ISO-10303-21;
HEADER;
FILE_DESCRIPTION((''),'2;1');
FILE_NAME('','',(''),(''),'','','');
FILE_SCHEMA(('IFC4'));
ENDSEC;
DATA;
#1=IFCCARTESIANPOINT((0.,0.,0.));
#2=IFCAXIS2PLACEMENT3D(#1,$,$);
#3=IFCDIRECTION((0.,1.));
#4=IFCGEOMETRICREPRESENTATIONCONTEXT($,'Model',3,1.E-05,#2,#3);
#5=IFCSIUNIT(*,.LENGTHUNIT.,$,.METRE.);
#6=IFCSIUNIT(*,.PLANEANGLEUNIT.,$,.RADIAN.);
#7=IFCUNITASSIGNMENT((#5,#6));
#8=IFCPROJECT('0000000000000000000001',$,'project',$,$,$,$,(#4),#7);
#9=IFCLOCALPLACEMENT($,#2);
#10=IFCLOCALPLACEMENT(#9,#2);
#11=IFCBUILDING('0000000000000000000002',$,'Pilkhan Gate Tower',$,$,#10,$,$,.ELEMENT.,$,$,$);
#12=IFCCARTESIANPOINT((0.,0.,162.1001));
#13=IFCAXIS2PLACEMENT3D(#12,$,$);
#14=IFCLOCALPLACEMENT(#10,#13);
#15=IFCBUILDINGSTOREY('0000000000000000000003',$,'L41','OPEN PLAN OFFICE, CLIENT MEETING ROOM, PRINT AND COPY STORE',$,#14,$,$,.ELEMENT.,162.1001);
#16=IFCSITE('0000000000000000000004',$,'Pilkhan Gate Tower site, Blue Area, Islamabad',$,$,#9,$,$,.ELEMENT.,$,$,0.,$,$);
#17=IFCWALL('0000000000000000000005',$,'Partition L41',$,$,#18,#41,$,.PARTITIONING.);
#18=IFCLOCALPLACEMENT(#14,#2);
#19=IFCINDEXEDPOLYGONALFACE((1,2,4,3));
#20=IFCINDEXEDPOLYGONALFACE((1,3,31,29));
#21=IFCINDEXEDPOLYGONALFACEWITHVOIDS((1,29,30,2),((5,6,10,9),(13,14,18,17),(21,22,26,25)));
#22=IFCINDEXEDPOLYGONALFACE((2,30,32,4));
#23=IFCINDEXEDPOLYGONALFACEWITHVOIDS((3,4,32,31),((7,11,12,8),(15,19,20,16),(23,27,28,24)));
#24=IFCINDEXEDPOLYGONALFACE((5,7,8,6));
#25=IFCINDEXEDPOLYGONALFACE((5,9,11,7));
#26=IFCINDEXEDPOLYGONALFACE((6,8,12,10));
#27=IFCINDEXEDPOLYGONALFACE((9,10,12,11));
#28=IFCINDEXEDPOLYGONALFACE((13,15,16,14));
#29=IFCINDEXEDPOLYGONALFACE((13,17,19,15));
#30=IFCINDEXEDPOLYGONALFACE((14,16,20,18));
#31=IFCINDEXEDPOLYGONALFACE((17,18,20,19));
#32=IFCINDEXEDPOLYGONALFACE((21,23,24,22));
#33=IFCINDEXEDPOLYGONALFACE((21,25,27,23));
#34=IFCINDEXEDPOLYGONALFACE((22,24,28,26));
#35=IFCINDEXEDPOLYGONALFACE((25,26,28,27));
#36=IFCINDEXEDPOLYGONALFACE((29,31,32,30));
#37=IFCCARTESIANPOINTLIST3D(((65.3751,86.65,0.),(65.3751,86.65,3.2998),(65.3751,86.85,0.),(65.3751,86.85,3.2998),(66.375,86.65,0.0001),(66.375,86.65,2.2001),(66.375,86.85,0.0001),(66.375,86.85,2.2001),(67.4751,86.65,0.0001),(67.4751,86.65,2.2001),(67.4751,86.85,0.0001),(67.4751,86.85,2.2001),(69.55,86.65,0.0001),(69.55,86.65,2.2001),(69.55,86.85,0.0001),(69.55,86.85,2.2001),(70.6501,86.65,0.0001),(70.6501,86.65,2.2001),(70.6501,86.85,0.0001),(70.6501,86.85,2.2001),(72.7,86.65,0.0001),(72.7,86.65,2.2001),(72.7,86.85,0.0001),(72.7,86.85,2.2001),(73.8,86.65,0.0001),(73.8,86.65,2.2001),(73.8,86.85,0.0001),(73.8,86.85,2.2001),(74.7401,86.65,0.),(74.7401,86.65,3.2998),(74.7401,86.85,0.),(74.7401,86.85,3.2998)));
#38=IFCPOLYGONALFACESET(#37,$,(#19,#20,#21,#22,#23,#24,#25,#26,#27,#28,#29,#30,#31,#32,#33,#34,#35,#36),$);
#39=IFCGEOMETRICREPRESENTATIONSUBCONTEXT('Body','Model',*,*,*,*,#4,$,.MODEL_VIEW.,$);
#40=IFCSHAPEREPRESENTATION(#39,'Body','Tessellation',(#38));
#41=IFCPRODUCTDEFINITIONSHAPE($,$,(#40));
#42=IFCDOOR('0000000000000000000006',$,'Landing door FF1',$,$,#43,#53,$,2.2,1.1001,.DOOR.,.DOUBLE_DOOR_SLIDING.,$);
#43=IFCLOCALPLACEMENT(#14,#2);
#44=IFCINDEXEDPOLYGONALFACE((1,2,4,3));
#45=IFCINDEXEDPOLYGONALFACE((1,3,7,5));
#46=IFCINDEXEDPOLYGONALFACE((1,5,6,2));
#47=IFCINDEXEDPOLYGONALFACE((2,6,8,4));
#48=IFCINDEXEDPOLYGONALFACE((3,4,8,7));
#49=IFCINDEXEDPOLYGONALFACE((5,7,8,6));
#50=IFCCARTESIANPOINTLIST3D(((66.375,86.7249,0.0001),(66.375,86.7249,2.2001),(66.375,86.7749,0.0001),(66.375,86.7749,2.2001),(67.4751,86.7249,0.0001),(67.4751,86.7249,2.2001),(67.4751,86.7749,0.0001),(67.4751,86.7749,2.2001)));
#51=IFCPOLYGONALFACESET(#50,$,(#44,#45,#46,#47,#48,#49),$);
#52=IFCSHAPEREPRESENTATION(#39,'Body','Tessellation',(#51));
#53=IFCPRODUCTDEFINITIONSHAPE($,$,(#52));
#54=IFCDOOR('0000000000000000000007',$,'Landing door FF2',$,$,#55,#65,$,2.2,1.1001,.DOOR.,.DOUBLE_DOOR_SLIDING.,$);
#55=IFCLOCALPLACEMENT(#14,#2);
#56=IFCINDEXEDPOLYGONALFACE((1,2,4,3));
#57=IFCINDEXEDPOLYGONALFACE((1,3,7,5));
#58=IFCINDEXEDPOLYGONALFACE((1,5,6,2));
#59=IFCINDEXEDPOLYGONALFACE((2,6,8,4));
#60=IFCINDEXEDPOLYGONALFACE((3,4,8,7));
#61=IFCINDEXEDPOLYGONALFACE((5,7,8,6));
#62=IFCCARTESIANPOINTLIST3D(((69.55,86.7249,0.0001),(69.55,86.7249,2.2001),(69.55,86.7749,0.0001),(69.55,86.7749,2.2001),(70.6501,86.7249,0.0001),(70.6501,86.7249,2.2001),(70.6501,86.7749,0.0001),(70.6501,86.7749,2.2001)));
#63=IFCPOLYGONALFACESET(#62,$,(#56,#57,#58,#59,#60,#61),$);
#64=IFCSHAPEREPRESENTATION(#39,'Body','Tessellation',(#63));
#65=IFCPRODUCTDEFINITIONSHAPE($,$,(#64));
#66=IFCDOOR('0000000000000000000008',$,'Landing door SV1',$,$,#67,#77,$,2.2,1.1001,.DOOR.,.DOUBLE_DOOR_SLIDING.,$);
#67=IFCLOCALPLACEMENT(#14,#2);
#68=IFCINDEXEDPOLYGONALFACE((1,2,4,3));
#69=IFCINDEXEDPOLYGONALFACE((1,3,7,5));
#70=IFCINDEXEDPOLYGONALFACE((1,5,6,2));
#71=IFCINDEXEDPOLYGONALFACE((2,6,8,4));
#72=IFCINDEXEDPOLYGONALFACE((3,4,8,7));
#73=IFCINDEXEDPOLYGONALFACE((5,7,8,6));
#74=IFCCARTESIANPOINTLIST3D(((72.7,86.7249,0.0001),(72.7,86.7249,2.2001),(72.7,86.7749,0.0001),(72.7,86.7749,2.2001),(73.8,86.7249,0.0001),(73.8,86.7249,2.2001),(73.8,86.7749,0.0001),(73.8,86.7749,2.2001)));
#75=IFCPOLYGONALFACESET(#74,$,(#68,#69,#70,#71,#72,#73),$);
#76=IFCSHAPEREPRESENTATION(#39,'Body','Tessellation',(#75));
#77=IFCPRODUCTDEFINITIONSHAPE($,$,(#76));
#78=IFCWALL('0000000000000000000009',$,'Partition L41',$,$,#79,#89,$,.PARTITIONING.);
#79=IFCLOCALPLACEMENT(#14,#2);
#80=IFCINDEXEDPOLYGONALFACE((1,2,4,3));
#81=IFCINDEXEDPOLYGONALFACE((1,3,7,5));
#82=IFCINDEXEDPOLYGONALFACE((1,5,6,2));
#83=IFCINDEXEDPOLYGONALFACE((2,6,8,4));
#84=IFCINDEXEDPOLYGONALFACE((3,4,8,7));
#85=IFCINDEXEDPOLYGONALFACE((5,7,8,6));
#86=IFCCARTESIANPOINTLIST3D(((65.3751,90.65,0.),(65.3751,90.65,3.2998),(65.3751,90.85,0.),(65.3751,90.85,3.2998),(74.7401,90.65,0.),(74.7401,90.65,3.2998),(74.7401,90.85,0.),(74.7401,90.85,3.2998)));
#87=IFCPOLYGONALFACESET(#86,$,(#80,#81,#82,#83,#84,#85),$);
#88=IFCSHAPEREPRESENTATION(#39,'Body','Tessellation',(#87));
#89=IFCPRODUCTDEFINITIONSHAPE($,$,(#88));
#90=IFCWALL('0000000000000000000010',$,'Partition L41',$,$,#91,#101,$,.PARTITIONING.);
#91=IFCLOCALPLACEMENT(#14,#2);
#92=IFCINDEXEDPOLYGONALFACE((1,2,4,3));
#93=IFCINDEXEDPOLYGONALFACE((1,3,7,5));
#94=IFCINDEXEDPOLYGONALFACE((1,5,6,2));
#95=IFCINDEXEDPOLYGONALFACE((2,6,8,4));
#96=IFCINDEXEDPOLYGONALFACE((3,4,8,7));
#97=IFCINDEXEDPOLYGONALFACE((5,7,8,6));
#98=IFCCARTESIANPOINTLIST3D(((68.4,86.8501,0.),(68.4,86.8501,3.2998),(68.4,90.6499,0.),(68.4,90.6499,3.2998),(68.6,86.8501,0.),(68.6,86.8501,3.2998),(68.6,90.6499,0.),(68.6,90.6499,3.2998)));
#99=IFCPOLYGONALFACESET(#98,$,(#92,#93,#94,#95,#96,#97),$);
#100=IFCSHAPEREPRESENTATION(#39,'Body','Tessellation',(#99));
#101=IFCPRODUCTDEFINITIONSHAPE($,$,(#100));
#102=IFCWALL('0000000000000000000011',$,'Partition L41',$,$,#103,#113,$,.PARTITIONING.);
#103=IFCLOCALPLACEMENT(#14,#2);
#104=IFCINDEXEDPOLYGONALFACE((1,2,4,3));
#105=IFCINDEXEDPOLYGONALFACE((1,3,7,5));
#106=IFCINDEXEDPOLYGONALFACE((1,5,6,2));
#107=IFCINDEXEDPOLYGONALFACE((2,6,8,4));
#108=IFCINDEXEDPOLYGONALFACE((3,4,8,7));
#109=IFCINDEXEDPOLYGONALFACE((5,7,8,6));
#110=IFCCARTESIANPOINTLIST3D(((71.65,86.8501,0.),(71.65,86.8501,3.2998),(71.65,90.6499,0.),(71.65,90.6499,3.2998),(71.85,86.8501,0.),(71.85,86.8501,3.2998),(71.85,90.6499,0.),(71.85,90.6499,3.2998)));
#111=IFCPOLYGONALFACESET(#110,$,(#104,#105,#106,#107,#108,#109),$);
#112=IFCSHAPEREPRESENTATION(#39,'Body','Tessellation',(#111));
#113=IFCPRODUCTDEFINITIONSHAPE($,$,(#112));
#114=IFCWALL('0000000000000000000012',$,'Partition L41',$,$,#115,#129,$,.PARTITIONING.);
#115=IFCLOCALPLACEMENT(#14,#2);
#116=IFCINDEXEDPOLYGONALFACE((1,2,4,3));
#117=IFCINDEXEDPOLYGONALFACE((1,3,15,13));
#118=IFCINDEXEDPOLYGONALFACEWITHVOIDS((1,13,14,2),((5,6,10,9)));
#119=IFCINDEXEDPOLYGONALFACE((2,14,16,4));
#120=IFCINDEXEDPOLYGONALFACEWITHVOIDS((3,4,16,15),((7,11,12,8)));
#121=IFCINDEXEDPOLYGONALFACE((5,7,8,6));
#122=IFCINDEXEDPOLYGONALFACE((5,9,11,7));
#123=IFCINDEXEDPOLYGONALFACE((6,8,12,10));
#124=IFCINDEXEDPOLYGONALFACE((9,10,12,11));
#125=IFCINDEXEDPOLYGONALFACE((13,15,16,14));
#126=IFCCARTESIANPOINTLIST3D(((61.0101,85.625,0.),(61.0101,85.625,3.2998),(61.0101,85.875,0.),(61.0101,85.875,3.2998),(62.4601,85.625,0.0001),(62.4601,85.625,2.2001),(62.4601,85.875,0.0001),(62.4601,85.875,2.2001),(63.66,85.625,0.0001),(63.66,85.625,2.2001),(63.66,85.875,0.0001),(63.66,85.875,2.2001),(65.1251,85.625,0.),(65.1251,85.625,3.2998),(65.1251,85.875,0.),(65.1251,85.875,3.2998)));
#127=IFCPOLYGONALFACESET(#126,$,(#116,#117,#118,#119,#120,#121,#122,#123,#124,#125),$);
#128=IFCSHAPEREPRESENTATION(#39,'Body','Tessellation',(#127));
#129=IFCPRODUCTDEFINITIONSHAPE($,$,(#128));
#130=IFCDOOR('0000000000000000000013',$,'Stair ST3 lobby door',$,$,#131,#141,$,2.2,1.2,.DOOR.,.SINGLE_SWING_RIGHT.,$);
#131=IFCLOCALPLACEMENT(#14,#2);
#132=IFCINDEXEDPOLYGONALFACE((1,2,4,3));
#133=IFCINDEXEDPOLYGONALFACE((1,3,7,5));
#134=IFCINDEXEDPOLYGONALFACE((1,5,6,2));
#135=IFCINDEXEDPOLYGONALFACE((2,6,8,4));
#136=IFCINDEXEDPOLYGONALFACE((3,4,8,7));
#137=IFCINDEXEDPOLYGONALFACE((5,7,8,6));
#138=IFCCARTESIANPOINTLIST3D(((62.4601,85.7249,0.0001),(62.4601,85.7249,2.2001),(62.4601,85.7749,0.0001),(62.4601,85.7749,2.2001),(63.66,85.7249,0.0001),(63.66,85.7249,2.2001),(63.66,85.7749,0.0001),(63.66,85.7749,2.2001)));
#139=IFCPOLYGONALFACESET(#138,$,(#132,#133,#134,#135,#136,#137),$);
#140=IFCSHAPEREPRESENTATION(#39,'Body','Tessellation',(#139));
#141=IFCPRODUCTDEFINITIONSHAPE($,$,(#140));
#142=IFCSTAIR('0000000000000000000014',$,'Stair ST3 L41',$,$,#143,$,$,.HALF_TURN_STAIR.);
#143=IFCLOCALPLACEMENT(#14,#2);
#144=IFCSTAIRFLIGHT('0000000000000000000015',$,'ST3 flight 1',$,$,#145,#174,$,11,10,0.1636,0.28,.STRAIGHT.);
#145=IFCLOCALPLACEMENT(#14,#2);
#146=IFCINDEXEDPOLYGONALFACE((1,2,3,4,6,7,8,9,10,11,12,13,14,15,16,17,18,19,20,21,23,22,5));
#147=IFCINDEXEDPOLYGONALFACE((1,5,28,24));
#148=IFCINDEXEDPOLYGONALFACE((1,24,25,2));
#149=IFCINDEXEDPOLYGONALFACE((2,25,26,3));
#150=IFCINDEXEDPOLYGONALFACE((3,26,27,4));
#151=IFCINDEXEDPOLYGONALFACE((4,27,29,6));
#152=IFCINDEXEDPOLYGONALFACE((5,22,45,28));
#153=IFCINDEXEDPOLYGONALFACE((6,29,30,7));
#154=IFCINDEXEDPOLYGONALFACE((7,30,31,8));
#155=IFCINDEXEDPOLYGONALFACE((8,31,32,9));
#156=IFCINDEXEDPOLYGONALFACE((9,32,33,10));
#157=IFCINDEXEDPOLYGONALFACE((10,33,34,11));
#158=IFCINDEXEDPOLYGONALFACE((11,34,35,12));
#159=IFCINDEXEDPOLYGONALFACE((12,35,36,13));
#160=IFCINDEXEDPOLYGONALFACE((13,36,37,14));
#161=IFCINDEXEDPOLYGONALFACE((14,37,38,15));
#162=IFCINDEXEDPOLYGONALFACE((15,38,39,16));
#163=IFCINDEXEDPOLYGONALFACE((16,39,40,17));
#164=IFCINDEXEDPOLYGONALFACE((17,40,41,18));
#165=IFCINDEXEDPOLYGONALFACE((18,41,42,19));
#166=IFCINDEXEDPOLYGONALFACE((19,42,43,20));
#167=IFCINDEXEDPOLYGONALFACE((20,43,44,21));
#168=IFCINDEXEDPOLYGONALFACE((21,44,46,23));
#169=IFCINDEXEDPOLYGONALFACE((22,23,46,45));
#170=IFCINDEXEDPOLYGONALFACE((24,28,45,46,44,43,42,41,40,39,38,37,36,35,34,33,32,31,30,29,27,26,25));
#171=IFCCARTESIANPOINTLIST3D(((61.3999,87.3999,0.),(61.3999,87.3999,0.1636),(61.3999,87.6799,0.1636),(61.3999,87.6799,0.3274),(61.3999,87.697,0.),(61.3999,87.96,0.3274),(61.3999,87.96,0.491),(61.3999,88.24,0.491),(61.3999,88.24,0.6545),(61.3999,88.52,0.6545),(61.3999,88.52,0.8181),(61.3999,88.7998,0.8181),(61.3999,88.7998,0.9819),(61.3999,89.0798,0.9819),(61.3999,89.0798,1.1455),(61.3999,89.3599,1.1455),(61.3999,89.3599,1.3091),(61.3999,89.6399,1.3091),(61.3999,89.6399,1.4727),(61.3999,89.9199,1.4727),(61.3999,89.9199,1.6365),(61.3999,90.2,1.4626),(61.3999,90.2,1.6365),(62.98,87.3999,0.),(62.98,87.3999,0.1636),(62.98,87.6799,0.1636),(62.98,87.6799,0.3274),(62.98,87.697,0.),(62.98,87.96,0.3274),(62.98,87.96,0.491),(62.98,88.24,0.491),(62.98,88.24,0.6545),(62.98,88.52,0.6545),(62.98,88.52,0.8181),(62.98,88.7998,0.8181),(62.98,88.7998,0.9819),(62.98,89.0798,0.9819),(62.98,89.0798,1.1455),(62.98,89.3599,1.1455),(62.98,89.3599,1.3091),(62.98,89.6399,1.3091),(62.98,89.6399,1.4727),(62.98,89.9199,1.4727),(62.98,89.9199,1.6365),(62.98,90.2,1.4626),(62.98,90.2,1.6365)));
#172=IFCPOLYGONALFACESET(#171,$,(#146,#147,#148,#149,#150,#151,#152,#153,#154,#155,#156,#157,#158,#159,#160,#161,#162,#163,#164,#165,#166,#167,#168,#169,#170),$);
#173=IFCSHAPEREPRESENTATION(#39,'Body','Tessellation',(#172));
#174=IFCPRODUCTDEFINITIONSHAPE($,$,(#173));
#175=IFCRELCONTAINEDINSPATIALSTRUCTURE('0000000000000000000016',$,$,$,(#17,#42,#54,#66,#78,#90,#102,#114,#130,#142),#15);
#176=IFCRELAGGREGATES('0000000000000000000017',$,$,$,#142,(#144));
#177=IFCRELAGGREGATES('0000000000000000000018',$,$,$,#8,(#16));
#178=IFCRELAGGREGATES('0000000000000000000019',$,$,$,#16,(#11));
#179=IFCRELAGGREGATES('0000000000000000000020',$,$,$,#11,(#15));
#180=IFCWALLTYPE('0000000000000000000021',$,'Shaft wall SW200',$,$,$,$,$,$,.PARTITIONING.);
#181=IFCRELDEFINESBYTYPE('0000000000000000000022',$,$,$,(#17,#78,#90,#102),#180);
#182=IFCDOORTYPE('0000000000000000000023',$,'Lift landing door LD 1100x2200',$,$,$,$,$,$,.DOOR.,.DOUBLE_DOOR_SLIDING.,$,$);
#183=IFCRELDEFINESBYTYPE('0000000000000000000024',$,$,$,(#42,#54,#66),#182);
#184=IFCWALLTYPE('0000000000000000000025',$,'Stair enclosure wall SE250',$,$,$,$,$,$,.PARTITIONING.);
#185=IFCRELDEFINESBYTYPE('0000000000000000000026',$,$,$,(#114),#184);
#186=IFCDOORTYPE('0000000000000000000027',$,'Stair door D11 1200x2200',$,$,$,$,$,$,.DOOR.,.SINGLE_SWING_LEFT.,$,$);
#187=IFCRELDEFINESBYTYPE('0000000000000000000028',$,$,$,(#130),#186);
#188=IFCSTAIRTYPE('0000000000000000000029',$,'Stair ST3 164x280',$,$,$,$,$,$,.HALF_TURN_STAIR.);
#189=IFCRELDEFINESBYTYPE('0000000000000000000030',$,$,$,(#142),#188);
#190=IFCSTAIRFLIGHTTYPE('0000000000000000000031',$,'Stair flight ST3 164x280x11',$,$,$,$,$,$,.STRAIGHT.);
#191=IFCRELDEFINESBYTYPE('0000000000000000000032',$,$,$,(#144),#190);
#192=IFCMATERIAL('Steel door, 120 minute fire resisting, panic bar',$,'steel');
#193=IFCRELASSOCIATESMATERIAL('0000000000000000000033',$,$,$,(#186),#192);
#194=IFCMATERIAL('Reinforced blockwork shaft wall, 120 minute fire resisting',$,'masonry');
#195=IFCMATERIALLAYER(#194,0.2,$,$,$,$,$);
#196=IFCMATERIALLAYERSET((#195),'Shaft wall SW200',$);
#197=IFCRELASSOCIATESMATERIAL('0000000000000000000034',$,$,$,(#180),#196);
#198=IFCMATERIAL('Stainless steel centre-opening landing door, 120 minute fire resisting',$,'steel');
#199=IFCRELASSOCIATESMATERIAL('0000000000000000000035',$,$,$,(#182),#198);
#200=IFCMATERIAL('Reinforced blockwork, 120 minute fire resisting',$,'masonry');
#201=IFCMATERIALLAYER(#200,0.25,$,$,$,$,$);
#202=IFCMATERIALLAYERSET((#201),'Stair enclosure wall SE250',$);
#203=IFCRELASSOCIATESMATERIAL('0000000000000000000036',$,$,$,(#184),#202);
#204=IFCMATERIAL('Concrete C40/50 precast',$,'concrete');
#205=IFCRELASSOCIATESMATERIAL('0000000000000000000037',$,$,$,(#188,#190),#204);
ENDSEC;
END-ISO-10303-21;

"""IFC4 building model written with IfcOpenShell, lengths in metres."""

from ifc_helpers import new_model, si_unit, direction, frame, frame_2d, origin, place, context, subcontext, project, spatial, polyline, rectangle, outline, extrude, material, layer, layer_set, type_object, element, fill, aggregate, save


model = new_model("IFC4")

# Units and contexts
model_context = context("Model", 3, precision=1e-05, world=origin(), true_north=direction((0.0, 1.0)))
body_context = subcontext(model_context, "Body", "Model", "MODEL_VIEW")
ifc_project = project(units=[si_unit("LENGTHUNIT", "METRE"), si_unit("PLANEANGLEUNIT", "RADIAN")], contexts=[model_context])

# Site, building, storey
site_placement = place(None, origin())
site = spatial("IfcSite", under=ifc_project, at=site_placement, Name="Pilkhan Gate Tower site, Blue Area, Islamabad", CompositionType="ELEMENT", RefElevation=0.0)
building_placement = place(site_placement, origin())
building = spatial("IfcBuilding", under=site, at=building_placement, Name="Pilkhan Gate Tower", CompositionType="ELEMENT")
storey_placement = place(building_placement, frame((0.0, 0.0, 162.1001)))
storey = spatial("IfcBuildingStorey", under=building, at=storey_placement, Name="L41", Description="OPEN PLAN OFFICE, CLIENT MEETING ROOM, PRINT AND COPY STORE", CompositionType="ELEMENT", Elevation=162.1001)

# Wall, openings, doors
ifc_material_1 = material(Name="Steel door, 120 minute fire resisting, panic bar", Category="steel")
door_type_1 = type_object("IfcDoorType", Name="Stair door D11 1200x2200", OperationType="SINGLE_SWING_LEFT", PredefinedType="DOOR", material=ifc_material_1)
ifc_material_2 = material(Name="Reinforced blockwork shaft wall, 120 minute fire resisting", Category="masonry")
ifc_layer_1 = layer(ifc_material_2, 0.2)
ifc_layer_set_1 = layer_set([ifc_layer_1], Name="Shaft wall SW200")
wall_type_1 = type_object("IfcWallType", Name="Shaft wall SW200", PredefinedType="PARTITIONING", material=ifc_layer_set_1)
wall_1_placement = place(storey_placement, frame((65.375, 86.75, 0.0), z_axis=(0.0, 0.0, 1.0), x_axis=(1.0, 0.0, 0.0)))
wall_1 = element("IfcWall", 1, at=wall_1_placement, inside=storey, type_object=wall_type_1, Name="Partition L41", PredefinedType="PARTITIONING", context=body_context, shape_type="SweptSolid", body=[
    extrude(rectangle(XDim=9.365, YDim=0.2, at=frame_2d((4.6826, 0.0))), origin(), (0.0, 0.0, 1.0), 3.2998),
])
opening_1_placement = place(wall_1_placement, frame((1.0, 0.0, 0.0)))
opening_1 = element("IfcOpeningElement", 2, at=opening_1_placement, cuts=wall_1, PredefinedType="OPENING", context=body_context, shape_type="SweptSolid", body=[
    extrude(rectangle(XDim=1.1001, YDim=2.2, at=frame_2d((0.55, 1.1001))), frame((0.0, 0.1099, 0.0), z_axis=(0.0, -1.0, 0.0), x_axis=(1.0, 0.0, 0.0)), (0.0, 0.0, 1.0), 0.22),
])
opening_2_placement = place(wall_1_placement, frame((4.175, 0.0, 0.0)))
opening_2 = element("IfcOpeningElement", 3, at=opening_2_placement, cuts=wall_1, PredefinedType="OPENING", context=body_context, shape_type="SweptSolid", body=[
    extrude(rectangle(XDim=1.1001, YDim=2.2, at=frame_2d((0.55, 1.1001))), frame((0.0, 0.1099, 0.0), z_axis=(0.0, -1.0, 0.0), x_axis=(1.0, 0.0, 0.0)), (0.0, 0.0, 1.0), 0.22),
])
opening_3_placement = place(wall_1_placement, frame((7.325, 0.0, 0.0)))
opening_3 = element("IfcOpeningElement", 4, at=opening_3_placement, cuts=wall_1, PredefinedType="OPENING", context=body_context, shape_type="SweptSolid", body=[
    extrude(rectangle(XDim=1.1001, YDim=2.2, at=frame_2d((0.55, 1.1001))), frame((0.0, 0.1099, 0.0), z_axis=(0.0, -1.0, 0.0), x_axis=(1.0, 0.0, 0.0)), (0.0, 0.0, 1.0), 0.22),
])
ifc_material_3 = material(Name="Stainless steel centre-opening landing door, 120 minute fire resisting", Category="steel")
door_type_2 = type_object("IfcDoorType", Name="Lift landing door LD 1100x2200", OperationType="DOUBLE_DOOR_SLIDING", PredefinedType="DOOR", material=ifc_material_3)
door_1_placement = place(opening_1_placement, origin())
door_1 = element("IfcDoor", 5, at=door_1_placement, inside=storey, type_object=door_type_2, Name="Landing door FF1", OperationType="DOUBLE_DOOR_SLIDING", OverallHeight=2.2, OverallWidth=1.1001, PredefinedType="DOOR", context=body_context, shape_type="SweptSolid", body=[
    extrude(rectangle(XDim=1.1001, YDim=2.2, at=frame_2d((0.55, 1.1001))), frame((0.0, 0.0249, 0.0), z_axis=(0.0, -1.0, 0.0), x_axis=(1.0, 0.0, 0.0)), (0.0, 0.0, 1.0), 0.05),
])
fill(opening_1, door_1)
door_2_placement = place(opening_2_placement, origin())
door_2 = element("IfcDoor", 6, at=door_2_placement, inside=storey, type_object=door_type_2, Name="Landing door FF2", OperationType="DOUBLE_DOOR_SLIDING", OverallHeight=2.2, OverallWidth=1.1001, PredefinedType="DOOR", context=body_context, shape_type="SweptSolid", body=[
    extrude(rectangle(XDim=1.1001, YDim=2.2, at=frame_2d((0.55, 1.1001))), frame((0.0, 0.0249, 0.0), z_axis=(0.0, -1.0, 0.0), x_axis=(1.0, 0.0, 0.0)), (0.0, 0.0, 1.0), 0.05),
])
fill(opening_2, door_2)
door_3_placement = place(opening_3_placement, origin())
door_3 = element("IfcDoor", 7, at=door_3_placement, inside=storey, type_object=door_type_2, Name="Landing door SV1", OperationType="DOUBLE_DOOR_SLIDING", OverallHeight=2.2, OverallWidth=1.1001, PredefinedType="DOOR", context=body_context, shape_type="SweptSolid", body=[
    extrude(rectangle(XDim=1.1001, YDim=2.2, at=frame_2d((0.55, 1.1001))), frame((0.0, 0.0249, 0.0), z_axis=(0.0, -1.0, 0.0), x_axis=(1.0, 0.0, 0.0)), (0.0, 0.0, 1.0), 0.05),
])
fill(opening_3, door_3)

# Walls
wall_2_placement = place(storey_placement, frame((65.375, 90.75, 0.0), z_axis=(0.0, 0.0, 1.0), x_axis=(1.0, 0.0, 0.0)))
element("IfcWall", 8, at=wall_2_placement, inside=storey, type_object=wall_type_1, Name="Partition L41", PredefinedType="PARTITIONING", context=body_context, shape_type="SweptSolid", body=[
    extrude(rectangle(XDim=9.365, YDim=0.2, at=frame_2d((4.6826, 0.0))), origin(), (0.0, 0.0, 1.0), 3.2998),
])
for number, where, z_axis, x_axis, name in (
    (9, (68.5, 86.8501, 0.0), (0.0, 0.0, 1.0), (0.0, 1.0, 0.0), "Partition L41"),
    (10, (71.75, 86.8501, 0.0), (0.0, 0.0, 1.0), (0.0, 1.0, 0.0), "Partition L41"),
):
    element("IfcWall", number, at=place(storey_placement, frame(where, z_axis=z_axis, x_axis=x_axis)), inside=storey, type_object=wall_type_1, Name=name, PredefinedType="PARTITIONING", context=body_context, shape_type="SweptSolid", body=[
        extrude(rectangle(XDim=3.7998, YDim=0.2, at=frame_2d((1.8999, 0.0))), origin(), (0.0, 0.0, 1.0), 3.2998),
    ])

# Wall, opening, door
ifc_material_4 = material(Name="Reinforced blockwork, 120 minute fire resisting", Category="masonry")
ifc_layer_2 = layer(ifc_material_4, 0.25)
ifc_layer_set_2 = layer_set([ifc_layer_2], Name="Stair enclosure wall SE250")
wall_type_2 = type_object("IfcWallType", Name="Stair enclosure wall SE250", PredefinedType="PARTITIONING", material=ifc_layer_set_2)
wall_3_placement = place(storey_placement, frame((61.01, 85.75, 0.0), z_axis=(0.0, 0.0, 1.0), x_axis=(1.0, 0.0, 0.0)))
wall_3 = element("IfcWall", 11, at=wall_3_placement, inside=storey, type_object=wall_type_2, Name="Partition L41", PredefinedType="PARTITIONING", context=body_context, shape_type="SweptSolid", body=[
    extrude(rectangle(XDim=4.115, YDim=0.25, at=frame_2d((2.0576, 0.0))), origin(), (0.0, 0.0, 1.0), 3.2998),
])
opening_4_placement = place(wall_3_placement, frame((1.45, 0.0, 0.0)))
opening_4 = element("IfcOpeningElement", 12, at=opening_4_placement, cuts=wall_3, PredefinedType="OPENING", context=body_context, shape_type="SweptSolid", body=[
    extrude(rectangle(XDim=1.2, YDim=2.2, at=frame_2d((0.6001, 1.1001))), frame((0.0, 0.135, 0.0), z_axis=(0.0, -1.0, 0.0), x_axis=(1.0, 0.0, 0.0)), (0.0, 0.0, 1.0), 0.27),
])
door_4_placement = place(opening_4_placement, origin())
door_4 = element("IfcDoor", 13, at=door_4_placement, inside=storey, type_object=door_type_1, Name="Stair ST3 lobby door", OperationType="SINGLE_SWING_RIGHT", OverallHeight=2.2, OverallWidth=1.2, PredefinedType="DOOR", context=body_context, shape_type="SweptSolid", body=[
    extrude(rectangle(XDim=1.2, YDim=2.2, at=frame_2d((0.6001, 1.1001))), frame((0.0, 0.0249, 0.0), z_axis=(0.0, -1.0, 0.0), x_axis=(1.0, 0.0, 0.0)), (0.0, 0.0, 1.0), 0.05),
])
fill(opening_4, door_4)

# Stair, stair flight
ifc_material_5 = material(Name="Concrete C40/50 precast", Category="concrete")
stair_type = type_object("IfcStairType", Name="Stair ST3 164x280", PredefinedType="HALF_TURN_STAIR", material=ifc_material_5)
stair_placement = place(storey_placement, origin())
stair = element("IfcStair", 14, at=stair_placement, inside=storey, type_object=stair_type, Name="Stair ST3 L41", PredefinedType="HALF_TURN_STAIR")
stair_flight_type = type_object("IfcStairFlightType", Name="Stair flight ST3 164x280x11", PredefinedType="STRAIGHT", material=ifc_material_5)
stair_flight_1_placement = place(storey_placement, frame((62.1899, 87.3999, 0.0), z_axis=(0.0, 0.0, 1.0), x_axis=(0.0, 1.0, 0.0)))
stair_flight_1 = element("IfcStairFlight", 15, at=stair_flight_1_placement, type_object=stair_flight_type, Name="ST3 flight 1", NumberOfRisers=11, NumberOfTreads=10, PredefinedType="STRAIGHT", RiserHeight=0.1636, TreadLength=0.28, context=body_context, shape_type="SweptSolid", body=[
    extrude(outline(polyline([(0.0, 0.0), (0.0, 0.1636), (0.28, 0.1636), (0.28, 0.3274), (0.5601, 0.3274), (0.5601, 0.491), (0.8401, 0.491), (0.8401, 0.6545), (1.1201, 0.6545), (1.1201, 0.8181), (1.3999, 0.8181), (1.3999, 0.9819), (1.6799, 0.9819), (1.6799, 1.1455), (1.96, 1.1455), (1.96, 1.3091), (2.24, 1.3091), (2.24, 1.4727), (2.52, 1.4727), (2.52, 1.6365), (2.8, 1.6365), (2.8, 1.8), (2.8, 1.4626), (0.2971, 0.0), (0.0, 0.0)])), frame((0.0, 0.79, 0.0), z_axis=(0.0, -1.0, 0.0), x_axis=(1.0, 0.0, 0.0)), (0.0, 0.0, 1.0), 1.5801),
])
aggregate(stair, [stair_flight_1])

save(model, "model.ifc")
